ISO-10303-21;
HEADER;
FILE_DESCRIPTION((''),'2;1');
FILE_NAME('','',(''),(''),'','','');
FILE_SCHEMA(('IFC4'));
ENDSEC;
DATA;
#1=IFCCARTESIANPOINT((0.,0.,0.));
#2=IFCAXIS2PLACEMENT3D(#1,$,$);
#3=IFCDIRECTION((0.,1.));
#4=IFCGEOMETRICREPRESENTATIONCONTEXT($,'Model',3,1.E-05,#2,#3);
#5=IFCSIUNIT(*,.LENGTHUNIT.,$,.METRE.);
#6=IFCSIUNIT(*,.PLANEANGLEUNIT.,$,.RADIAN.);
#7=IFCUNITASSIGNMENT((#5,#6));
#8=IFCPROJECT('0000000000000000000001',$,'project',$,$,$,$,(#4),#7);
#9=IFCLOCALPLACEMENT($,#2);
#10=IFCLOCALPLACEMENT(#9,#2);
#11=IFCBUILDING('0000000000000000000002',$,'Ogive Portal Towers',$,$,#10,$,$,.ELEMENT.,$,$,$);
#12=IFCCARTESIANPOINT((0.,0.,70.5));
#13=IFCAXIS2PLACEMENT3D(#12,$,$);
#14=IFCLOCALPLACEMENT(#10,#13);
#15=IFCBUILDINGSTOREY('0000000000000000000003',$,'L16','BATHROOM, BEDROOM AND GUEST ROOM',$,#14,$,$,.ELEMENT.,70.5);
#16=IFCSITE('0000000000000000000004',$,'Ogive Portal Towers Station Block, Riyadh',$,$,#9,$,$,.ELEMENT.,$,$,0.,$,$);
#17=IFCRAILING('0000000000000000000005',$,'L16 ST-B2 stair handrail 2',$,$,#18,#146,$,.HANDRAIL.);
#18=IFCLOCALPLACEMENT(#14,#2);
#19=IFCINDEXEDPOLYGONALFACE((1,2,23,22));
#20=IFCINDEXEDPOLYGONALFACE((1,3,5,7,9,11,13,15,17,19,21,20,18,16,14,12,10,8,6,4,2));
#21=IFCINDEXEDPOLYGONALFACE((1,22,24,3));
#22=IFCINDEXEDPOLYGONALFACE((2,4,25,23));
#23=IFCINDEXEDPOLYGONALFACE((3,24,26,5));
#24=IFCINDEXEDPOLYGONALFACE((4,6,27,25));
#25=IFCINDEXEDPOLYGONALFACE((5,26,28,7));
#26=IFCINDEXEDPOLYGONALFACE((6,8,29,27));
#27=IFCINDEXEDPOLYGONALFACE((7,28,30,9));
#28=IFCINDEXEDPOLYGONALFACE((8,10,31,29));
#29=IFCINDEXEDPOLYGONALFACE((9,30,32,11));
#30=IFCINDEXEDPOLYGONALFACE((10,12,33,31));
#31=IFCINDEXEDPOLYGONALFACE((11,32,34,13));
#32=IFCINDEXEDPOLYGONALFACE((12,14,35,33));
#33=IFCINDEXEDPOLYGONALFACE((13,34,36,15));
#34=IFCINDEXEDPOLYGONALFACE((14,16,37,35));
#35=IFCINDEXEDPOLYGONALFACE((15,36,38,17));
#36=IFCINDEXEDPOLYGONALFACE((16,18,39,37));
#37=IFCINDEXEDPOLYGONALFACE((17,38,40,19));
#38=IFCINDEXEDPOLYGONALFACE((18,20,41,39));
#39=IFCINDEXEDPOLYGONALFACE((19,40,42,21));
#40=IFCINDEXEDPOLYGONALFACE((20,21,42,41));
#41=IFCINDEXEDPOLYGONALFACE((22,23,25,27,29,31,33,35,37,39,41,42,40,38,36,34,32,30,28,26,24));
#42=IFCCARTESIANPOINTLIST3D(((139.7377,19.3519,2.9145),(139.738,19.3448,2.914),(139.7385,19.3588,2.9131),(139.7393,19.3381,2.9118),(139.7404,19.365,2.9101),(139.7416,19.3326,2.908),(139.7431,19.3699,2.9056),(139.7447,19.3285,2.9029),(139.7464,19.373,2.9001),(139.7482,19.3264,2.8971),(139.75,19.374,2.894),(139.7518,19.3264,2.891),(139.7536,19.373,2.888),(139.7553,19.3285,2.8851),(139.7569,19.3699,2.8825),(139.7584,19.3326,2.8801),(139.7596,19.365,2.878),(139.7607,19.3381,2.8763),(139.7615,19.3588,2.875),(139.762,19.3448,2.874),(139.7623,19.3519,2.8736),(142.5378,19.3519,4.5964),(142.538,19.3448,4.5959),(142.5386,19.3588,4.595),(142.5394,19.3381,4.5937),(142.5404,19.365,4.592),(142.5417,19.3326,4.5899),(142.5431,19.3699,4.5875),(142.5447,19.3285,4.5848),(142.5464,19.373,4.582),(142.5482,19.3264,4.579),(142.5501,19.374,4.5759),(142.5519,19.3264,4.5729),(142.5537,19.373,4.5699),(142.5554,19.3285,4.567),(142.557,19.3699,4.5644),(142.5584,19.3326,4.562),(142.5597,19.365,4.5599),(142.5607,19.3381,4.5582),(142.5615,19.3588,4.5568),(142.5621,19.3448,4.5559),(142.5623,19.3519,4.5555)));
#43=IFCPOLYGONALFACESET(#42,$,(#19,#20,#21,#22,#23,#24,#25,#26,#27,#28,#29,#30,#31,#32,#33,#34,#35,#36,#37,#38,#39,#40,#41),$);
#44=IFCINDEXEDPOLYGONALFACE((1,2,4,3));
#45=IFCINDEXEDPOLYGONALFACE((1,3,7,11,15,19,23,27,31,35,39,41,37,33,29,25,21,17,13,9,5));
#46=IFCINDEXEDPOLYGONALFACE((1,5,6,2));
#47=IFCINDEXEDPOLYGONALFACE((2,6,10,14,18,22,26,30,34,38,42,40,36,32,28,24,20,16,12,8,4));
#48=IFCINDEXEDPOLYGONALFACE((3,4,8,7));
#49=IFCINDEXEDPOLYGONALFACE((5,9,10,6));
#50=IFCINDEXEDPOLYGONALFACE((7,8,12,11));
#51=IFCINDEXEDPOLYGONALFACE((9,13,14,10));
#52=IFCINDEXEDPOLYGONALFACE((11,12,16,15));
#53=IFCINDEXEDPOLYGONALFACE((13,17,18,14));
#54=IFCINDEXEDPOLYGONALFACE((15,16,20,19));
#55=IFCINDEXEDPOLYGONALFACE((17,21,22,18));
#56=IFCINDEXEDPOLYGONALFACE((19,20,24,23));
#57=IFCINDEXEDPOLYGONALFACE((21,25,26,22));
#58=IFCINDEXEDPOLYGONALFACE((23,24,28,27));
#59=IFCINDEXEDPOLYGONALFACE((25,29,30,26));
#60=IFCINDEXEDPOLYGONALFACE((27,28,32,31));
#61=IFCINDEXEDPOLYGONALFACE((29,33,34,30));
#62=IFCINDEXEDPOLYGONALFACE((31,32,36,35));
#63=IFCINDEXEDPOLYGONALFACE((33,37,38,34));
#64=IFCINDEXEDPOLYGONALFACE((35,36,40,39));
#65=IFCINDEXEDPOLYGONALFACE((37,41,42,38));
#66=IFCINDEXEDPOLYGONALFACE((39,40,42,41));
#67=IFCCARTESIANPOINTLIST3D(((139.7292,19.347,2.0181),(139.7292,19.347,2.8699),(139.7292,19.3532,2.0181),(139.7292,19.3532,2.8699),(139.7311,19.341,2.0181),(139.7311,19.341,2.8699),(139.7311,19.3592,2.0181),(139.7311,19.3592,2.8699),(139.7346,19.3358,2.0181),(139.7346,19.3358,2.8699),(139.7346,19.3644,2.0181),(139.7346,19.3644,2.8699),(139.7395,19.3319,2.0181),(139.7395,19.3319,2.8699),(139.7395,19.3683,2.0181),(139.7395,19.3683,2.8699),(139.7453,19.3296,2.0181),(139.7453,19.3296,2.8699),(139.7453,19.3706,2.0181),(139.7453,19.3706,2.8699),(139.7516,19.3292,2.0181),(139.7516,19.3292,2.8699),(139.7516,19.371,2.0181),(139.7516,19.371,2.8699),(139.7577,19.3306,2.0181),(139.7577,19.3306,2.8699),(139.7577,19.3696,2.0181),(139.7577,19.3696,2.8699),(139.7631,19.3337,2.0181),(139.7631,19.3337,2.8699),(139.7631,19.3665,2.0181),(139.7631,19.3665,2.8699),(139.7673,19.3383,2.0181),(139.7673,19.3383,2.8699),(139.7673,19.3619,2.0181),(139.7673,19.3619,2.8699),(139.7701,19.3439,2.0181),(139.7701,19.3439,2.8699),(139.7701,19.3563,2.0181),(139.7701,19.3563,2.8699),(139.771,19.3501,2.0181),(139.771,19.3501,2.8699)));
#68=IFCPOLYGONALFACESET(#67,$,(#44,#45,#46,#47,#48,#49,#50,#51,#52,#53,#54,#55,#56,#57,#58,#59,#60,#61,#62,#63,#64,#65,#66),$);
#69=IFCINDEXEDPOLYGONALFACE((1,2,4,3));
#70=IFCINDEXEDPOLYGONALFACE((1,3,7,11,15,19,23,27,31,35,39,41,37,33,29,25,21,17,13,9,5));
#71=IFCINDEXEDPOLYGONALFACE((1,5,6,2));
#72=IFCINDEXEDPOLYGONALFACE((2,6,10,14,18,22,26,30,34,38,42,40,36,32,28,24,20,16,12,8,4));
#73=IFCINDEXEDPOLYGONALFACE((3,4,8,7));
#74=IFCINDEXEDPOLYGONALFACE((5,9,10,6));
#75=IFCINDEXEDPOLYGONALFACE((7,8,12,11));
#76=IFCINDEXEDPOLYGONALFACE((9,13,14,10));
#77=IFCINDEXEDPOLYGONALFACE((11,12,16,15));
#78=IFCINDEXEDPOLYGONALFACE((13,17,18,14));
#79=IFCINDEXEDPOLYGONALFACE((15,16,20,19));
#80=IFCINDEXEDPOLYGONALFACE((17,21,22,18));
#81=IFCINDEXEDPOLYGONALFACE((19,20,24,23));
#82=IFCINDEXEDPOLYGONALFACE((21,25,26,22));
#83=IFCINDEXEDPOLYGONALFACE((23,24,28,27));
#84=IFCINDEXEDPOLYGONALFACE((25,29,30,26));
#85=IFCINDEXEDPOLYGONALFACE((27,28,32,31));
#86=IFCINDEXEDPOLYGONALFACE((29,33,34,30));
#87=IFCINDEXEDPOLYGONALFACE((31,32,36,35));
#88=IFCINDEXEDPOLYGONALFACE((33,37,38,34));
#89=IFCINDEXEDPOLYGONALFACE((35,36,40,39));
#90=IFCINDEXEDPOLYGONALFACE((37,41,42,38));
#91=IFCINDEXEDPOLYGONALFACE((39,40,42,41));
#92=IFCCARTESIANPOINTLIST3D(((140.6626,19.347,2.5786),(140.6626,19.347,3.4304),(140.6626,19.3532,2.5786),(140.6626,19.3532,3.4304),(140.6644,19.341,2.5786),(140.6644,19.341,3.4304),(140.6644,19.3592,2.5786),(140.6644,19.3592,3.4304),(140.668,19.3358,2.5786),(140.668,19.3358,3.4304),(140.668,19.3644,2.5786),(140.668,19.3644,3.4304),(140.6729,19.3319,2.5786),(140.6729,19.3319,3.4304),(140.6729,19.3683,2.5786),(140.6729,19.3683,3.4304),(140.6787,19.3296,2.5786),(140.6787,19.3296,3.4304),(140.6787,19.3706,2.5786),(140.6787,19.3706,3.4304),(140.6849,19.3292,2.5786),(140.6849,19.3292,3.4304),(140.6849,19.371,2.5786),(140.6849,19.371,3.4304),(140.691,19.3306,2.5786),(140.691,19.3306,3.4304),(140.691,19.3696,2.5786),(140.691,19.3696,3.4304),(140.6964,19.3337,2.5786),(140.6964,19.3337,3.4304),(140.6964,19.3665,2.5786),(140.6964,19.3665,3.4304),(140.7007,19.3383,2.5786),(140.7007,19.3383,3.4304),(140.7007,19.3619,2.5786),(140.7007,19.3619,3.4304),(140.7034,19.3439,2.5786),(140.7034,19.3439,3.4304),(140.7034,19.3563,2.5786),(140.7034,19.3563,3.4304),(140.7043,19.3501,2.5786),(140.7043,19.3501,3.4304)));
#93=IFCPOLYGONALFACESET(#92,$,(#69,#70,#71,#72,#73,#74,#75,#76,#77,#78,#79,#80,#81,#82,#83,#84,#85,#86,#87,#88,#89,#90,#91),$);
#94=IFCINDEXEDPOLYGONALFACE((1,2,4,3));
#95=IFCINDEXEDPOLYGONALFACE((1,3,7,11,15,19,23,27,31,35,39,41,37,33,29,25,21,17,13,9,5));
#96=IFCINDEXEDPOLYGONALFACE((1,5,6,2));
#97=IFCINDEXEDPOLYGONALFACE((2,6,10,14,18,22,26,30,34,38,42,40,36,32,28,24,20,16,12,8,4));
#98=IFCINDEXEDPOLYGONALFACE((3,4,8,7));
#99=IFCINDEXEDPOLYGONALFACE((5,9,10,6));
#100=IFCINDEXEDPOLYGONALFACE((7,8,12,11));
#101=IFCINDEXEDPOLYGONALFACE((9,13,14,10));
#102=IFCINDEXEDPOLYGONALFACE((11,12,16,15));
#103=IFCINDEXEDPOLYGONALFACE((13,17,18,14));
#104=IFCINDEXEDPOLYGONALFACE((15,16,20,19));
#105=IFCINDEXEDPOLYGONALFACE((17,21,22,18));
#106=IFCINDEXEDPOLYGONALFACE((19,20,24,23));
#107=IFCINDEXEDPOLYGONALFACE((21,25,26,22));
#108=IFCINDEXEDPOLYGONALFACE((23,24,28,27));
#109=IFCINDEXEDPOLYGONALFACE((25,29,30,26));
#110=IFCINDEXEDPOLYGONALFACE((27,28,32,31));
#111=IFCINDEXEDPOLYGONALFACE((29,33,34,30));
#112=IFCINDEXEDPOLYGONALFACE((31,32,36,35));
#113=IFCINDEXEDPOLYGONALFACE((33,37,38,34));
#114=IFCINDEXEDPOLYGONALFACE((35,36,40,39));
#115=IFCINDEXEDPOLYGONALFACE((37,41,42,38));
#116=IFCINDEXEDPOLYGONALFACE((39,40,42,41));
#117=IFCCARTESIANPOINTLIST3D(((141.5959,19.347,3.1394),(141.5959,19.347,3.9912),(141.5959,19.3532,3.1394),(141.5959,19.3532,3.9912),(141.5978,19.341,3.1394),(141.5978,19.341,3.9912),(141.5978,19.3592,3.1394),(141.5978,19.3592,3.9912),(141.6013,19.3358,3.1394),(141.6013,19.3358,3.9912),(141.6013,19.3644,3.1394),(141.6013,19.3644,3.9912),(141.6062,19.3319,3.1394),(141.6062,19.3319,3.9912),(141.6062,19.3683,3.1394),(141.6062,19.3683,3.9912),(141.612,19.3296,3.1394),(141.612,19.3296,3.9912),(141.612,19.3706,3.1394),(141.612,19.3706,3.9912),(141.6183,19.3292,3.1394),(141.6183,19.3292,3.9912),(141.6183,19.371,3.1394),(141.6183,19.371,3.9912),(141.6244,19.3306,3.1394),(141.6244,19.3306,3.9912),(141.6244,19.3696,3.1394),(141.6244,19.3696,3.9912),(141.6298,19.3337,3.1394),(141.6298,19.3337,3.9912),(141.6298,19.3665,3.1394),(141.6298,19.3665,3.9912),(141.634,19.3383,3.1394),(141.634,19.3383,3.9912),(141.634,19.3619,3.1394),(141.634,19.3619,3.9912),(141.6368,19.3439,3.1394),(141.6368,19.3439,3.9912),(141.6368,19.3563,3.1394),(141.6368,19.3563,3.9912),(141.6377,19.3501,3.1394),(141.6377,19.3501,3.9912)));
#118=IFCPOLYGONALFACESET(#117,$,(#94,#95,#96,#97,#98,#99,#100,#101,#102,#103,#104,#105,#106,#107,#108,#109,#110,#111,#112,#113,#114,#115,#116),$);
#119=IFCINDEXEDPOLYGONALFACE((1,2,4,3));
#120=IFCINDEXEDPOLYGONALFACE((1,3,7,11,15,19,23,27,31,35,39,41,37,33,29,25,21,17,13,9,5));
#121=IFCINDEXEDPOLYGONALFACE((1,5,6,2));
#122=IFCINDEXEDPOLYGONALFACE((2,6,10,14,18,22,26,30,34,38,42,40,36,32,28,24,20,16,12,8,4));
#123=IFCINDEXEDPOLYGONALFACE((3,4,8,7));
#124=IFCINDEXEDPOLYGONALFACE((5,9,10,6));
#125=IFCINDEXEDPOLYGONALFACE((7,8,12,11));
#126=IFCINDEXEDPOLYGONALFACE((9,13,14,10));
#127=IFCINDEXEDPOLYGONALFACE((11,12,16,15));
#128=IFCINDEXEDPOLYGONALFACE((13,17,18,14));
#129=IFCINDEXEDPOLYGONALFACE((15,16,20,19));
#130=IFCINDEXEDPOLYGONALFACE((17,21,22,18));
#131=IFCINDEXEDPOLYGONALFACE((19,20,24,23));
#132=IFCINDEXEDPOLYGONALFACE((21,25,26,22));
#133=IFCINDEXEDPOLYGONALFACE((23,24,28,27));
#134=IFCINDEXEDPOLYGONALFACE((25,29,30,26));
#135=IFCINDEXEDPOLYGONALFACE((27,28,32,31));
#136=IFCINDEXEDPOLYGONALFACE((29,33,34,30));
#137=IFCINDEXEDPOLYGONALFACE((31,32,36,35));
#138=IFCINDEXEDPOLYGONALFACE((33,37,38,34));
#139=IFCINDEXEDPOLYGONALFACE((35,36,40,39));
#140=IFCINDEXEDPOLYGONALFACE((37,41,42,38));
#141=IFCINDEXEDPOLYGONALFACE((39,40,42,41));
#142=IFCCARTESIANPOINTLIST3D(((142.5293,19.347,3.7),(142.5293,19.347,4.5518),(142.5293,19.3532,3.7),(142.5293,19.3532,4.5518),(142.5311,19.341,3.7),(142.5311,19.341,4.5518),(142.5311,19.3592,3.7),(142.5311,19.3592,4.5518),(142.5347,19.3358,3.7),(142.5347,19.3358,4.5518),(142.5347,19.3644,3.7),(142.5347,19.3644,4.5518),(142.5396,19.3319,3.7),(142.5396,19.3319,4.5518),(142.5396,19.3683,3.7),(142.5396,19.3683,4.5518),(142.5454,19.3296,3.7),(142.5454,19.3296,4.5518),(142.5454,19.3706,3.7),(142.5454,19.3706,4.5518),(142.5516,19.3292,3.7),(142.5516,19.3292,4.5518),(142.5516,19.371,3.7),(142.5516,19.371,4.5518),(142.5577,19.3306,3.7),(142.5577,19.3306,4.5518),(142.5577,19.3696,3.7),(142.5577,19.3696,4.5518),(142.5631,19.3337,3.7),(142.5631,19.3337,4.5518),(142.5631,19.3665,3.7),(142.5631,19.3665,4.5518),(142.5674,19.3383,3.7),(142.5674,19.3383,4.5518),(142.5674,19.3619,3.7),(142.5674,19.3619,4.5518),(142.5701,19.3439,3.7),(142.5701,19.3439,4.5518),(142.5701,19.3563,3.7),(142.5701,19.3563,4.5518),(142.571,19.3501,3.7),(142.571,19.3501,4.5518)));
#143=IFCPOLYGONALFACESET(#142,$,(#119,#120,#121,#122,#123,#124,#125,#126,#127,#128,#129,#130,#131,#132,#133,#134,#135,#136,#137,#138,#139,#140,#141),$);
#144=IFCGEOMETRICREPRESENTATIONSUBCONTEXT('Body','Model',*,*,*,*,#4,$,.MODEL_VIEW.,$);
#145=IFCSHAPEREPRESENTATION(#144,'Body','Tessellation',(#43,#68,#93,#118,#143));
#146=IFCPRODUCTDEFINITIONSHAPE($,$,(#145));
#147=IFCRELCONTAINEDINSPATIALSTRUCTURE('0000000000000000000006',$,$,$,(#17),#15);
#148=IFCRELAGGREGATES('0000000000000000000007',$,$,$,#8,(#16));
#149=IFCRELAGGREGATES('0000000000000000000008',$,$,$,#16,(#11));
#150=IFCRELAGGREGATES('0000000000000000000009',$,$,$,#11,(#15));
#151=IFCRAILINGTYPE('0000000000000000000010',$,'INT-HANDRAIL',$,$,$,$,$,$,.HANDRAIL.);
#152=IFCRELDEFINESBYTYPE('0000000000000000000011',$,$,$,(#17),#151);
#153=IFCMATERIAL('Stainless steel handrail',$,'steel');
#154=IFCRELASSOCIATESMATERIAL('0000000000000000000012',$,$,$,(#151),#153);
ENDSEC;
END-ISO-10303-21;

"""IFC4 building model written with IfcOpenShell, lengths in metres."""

from ifc_helpers import new_model, si_unit, direction, frame, origin, origin_2d, place, context, subcontext, project, spatial, circle, extrude, material, type_object, element, save


model = new_model("IFC4")

# Units and contexts
model_context = context("Model", 3, precision=1e-05, world=origin(), true_north=direction((0.0, 1.0)))
body_context = subcontext(model_context, "Body", "Model", "MODEL_VIEW")
ifc_project = project(units=[si_unit("LENGTHUNIT", "METRE"), si_unit("PLANEANGLEUNIT", "RADIAN")], contexts=[model_context])

# Site, building, storey
site_placement = place(None, origin())
site = spatial("IfcSite", under=ifc_project, at=site_placement, Name="Ogive Portal Towers Station Block, Riyadh", CompositionType="ELEMENT", RefElevation=0.0)
building_placement = place(site_placement, origin())
building = spatial("IfcBuilding", under=site, at=building_placement, Name="Ogive Portal Towers", CompositionType="ELEMENT")
storey_placement = place(building_placement, frame((0.0, 0.0, 70.5)))
storey = spatial("IfcBuildingStorey", under=building, at=storey_placement, Name="L16", Description="BATHROOM, BEDROOM AND GUEST ROOM", CompositionType="ELEMENT", Elevation=70.5)

# Railing
ifc_material_1 = material(Name="Stainless steel handrail", Category="steel")
railing_type_1 = type_object("IfcRailingType", Name="INT-HANDRAIL", PredefinedType="HANDRAIL", material=ifc_material_1)
railing_1_placement = place(storey_placement, frame((139.75, 19.3501, 2.0181)))
element("IfcRailing", 1, at=railing_1_placement, inside=storey, type_object=railing_type_1, Name="L16 ST-B2 stair handrail 2", PredefinedType="HANDRAIL", context=body_context, shape_type="SweptSolid", body=[
    extrude(circle(Radius=0.0239, at=origin_2d()), frame((0.0, 0.0, 0.876), z_axis=(0.857242, 0.0, 0.514913), x_axis=(0.0, 1.0, 0.0)), (0.0, 0.0, 1.0), 3.2664),
    extrude(circle(Radius=0.021, at=origin_2d()), origin(), (0.0, 0.0, 1.0), 0.8518),
    extrude(circle(Radius=0.021, at=origin_2d()), frame((0.9333, 0.0, 0.5605)), (0.0, 0.0, 1.0), 0.8518),
    extrude(circle(Radius=0.021, at=origin_2d()), frame((1.8667, 0.0, 1.1213)), (0.0, 0.0, 1.0), 0.8518),
    extrude(circle(Radius=0.021, at=origin_2d()), frame((2.8, 0.0, 1.6819)), (0.0, 0.0, 1.0), 0.8518),
])

save(model, "model.ifc")
